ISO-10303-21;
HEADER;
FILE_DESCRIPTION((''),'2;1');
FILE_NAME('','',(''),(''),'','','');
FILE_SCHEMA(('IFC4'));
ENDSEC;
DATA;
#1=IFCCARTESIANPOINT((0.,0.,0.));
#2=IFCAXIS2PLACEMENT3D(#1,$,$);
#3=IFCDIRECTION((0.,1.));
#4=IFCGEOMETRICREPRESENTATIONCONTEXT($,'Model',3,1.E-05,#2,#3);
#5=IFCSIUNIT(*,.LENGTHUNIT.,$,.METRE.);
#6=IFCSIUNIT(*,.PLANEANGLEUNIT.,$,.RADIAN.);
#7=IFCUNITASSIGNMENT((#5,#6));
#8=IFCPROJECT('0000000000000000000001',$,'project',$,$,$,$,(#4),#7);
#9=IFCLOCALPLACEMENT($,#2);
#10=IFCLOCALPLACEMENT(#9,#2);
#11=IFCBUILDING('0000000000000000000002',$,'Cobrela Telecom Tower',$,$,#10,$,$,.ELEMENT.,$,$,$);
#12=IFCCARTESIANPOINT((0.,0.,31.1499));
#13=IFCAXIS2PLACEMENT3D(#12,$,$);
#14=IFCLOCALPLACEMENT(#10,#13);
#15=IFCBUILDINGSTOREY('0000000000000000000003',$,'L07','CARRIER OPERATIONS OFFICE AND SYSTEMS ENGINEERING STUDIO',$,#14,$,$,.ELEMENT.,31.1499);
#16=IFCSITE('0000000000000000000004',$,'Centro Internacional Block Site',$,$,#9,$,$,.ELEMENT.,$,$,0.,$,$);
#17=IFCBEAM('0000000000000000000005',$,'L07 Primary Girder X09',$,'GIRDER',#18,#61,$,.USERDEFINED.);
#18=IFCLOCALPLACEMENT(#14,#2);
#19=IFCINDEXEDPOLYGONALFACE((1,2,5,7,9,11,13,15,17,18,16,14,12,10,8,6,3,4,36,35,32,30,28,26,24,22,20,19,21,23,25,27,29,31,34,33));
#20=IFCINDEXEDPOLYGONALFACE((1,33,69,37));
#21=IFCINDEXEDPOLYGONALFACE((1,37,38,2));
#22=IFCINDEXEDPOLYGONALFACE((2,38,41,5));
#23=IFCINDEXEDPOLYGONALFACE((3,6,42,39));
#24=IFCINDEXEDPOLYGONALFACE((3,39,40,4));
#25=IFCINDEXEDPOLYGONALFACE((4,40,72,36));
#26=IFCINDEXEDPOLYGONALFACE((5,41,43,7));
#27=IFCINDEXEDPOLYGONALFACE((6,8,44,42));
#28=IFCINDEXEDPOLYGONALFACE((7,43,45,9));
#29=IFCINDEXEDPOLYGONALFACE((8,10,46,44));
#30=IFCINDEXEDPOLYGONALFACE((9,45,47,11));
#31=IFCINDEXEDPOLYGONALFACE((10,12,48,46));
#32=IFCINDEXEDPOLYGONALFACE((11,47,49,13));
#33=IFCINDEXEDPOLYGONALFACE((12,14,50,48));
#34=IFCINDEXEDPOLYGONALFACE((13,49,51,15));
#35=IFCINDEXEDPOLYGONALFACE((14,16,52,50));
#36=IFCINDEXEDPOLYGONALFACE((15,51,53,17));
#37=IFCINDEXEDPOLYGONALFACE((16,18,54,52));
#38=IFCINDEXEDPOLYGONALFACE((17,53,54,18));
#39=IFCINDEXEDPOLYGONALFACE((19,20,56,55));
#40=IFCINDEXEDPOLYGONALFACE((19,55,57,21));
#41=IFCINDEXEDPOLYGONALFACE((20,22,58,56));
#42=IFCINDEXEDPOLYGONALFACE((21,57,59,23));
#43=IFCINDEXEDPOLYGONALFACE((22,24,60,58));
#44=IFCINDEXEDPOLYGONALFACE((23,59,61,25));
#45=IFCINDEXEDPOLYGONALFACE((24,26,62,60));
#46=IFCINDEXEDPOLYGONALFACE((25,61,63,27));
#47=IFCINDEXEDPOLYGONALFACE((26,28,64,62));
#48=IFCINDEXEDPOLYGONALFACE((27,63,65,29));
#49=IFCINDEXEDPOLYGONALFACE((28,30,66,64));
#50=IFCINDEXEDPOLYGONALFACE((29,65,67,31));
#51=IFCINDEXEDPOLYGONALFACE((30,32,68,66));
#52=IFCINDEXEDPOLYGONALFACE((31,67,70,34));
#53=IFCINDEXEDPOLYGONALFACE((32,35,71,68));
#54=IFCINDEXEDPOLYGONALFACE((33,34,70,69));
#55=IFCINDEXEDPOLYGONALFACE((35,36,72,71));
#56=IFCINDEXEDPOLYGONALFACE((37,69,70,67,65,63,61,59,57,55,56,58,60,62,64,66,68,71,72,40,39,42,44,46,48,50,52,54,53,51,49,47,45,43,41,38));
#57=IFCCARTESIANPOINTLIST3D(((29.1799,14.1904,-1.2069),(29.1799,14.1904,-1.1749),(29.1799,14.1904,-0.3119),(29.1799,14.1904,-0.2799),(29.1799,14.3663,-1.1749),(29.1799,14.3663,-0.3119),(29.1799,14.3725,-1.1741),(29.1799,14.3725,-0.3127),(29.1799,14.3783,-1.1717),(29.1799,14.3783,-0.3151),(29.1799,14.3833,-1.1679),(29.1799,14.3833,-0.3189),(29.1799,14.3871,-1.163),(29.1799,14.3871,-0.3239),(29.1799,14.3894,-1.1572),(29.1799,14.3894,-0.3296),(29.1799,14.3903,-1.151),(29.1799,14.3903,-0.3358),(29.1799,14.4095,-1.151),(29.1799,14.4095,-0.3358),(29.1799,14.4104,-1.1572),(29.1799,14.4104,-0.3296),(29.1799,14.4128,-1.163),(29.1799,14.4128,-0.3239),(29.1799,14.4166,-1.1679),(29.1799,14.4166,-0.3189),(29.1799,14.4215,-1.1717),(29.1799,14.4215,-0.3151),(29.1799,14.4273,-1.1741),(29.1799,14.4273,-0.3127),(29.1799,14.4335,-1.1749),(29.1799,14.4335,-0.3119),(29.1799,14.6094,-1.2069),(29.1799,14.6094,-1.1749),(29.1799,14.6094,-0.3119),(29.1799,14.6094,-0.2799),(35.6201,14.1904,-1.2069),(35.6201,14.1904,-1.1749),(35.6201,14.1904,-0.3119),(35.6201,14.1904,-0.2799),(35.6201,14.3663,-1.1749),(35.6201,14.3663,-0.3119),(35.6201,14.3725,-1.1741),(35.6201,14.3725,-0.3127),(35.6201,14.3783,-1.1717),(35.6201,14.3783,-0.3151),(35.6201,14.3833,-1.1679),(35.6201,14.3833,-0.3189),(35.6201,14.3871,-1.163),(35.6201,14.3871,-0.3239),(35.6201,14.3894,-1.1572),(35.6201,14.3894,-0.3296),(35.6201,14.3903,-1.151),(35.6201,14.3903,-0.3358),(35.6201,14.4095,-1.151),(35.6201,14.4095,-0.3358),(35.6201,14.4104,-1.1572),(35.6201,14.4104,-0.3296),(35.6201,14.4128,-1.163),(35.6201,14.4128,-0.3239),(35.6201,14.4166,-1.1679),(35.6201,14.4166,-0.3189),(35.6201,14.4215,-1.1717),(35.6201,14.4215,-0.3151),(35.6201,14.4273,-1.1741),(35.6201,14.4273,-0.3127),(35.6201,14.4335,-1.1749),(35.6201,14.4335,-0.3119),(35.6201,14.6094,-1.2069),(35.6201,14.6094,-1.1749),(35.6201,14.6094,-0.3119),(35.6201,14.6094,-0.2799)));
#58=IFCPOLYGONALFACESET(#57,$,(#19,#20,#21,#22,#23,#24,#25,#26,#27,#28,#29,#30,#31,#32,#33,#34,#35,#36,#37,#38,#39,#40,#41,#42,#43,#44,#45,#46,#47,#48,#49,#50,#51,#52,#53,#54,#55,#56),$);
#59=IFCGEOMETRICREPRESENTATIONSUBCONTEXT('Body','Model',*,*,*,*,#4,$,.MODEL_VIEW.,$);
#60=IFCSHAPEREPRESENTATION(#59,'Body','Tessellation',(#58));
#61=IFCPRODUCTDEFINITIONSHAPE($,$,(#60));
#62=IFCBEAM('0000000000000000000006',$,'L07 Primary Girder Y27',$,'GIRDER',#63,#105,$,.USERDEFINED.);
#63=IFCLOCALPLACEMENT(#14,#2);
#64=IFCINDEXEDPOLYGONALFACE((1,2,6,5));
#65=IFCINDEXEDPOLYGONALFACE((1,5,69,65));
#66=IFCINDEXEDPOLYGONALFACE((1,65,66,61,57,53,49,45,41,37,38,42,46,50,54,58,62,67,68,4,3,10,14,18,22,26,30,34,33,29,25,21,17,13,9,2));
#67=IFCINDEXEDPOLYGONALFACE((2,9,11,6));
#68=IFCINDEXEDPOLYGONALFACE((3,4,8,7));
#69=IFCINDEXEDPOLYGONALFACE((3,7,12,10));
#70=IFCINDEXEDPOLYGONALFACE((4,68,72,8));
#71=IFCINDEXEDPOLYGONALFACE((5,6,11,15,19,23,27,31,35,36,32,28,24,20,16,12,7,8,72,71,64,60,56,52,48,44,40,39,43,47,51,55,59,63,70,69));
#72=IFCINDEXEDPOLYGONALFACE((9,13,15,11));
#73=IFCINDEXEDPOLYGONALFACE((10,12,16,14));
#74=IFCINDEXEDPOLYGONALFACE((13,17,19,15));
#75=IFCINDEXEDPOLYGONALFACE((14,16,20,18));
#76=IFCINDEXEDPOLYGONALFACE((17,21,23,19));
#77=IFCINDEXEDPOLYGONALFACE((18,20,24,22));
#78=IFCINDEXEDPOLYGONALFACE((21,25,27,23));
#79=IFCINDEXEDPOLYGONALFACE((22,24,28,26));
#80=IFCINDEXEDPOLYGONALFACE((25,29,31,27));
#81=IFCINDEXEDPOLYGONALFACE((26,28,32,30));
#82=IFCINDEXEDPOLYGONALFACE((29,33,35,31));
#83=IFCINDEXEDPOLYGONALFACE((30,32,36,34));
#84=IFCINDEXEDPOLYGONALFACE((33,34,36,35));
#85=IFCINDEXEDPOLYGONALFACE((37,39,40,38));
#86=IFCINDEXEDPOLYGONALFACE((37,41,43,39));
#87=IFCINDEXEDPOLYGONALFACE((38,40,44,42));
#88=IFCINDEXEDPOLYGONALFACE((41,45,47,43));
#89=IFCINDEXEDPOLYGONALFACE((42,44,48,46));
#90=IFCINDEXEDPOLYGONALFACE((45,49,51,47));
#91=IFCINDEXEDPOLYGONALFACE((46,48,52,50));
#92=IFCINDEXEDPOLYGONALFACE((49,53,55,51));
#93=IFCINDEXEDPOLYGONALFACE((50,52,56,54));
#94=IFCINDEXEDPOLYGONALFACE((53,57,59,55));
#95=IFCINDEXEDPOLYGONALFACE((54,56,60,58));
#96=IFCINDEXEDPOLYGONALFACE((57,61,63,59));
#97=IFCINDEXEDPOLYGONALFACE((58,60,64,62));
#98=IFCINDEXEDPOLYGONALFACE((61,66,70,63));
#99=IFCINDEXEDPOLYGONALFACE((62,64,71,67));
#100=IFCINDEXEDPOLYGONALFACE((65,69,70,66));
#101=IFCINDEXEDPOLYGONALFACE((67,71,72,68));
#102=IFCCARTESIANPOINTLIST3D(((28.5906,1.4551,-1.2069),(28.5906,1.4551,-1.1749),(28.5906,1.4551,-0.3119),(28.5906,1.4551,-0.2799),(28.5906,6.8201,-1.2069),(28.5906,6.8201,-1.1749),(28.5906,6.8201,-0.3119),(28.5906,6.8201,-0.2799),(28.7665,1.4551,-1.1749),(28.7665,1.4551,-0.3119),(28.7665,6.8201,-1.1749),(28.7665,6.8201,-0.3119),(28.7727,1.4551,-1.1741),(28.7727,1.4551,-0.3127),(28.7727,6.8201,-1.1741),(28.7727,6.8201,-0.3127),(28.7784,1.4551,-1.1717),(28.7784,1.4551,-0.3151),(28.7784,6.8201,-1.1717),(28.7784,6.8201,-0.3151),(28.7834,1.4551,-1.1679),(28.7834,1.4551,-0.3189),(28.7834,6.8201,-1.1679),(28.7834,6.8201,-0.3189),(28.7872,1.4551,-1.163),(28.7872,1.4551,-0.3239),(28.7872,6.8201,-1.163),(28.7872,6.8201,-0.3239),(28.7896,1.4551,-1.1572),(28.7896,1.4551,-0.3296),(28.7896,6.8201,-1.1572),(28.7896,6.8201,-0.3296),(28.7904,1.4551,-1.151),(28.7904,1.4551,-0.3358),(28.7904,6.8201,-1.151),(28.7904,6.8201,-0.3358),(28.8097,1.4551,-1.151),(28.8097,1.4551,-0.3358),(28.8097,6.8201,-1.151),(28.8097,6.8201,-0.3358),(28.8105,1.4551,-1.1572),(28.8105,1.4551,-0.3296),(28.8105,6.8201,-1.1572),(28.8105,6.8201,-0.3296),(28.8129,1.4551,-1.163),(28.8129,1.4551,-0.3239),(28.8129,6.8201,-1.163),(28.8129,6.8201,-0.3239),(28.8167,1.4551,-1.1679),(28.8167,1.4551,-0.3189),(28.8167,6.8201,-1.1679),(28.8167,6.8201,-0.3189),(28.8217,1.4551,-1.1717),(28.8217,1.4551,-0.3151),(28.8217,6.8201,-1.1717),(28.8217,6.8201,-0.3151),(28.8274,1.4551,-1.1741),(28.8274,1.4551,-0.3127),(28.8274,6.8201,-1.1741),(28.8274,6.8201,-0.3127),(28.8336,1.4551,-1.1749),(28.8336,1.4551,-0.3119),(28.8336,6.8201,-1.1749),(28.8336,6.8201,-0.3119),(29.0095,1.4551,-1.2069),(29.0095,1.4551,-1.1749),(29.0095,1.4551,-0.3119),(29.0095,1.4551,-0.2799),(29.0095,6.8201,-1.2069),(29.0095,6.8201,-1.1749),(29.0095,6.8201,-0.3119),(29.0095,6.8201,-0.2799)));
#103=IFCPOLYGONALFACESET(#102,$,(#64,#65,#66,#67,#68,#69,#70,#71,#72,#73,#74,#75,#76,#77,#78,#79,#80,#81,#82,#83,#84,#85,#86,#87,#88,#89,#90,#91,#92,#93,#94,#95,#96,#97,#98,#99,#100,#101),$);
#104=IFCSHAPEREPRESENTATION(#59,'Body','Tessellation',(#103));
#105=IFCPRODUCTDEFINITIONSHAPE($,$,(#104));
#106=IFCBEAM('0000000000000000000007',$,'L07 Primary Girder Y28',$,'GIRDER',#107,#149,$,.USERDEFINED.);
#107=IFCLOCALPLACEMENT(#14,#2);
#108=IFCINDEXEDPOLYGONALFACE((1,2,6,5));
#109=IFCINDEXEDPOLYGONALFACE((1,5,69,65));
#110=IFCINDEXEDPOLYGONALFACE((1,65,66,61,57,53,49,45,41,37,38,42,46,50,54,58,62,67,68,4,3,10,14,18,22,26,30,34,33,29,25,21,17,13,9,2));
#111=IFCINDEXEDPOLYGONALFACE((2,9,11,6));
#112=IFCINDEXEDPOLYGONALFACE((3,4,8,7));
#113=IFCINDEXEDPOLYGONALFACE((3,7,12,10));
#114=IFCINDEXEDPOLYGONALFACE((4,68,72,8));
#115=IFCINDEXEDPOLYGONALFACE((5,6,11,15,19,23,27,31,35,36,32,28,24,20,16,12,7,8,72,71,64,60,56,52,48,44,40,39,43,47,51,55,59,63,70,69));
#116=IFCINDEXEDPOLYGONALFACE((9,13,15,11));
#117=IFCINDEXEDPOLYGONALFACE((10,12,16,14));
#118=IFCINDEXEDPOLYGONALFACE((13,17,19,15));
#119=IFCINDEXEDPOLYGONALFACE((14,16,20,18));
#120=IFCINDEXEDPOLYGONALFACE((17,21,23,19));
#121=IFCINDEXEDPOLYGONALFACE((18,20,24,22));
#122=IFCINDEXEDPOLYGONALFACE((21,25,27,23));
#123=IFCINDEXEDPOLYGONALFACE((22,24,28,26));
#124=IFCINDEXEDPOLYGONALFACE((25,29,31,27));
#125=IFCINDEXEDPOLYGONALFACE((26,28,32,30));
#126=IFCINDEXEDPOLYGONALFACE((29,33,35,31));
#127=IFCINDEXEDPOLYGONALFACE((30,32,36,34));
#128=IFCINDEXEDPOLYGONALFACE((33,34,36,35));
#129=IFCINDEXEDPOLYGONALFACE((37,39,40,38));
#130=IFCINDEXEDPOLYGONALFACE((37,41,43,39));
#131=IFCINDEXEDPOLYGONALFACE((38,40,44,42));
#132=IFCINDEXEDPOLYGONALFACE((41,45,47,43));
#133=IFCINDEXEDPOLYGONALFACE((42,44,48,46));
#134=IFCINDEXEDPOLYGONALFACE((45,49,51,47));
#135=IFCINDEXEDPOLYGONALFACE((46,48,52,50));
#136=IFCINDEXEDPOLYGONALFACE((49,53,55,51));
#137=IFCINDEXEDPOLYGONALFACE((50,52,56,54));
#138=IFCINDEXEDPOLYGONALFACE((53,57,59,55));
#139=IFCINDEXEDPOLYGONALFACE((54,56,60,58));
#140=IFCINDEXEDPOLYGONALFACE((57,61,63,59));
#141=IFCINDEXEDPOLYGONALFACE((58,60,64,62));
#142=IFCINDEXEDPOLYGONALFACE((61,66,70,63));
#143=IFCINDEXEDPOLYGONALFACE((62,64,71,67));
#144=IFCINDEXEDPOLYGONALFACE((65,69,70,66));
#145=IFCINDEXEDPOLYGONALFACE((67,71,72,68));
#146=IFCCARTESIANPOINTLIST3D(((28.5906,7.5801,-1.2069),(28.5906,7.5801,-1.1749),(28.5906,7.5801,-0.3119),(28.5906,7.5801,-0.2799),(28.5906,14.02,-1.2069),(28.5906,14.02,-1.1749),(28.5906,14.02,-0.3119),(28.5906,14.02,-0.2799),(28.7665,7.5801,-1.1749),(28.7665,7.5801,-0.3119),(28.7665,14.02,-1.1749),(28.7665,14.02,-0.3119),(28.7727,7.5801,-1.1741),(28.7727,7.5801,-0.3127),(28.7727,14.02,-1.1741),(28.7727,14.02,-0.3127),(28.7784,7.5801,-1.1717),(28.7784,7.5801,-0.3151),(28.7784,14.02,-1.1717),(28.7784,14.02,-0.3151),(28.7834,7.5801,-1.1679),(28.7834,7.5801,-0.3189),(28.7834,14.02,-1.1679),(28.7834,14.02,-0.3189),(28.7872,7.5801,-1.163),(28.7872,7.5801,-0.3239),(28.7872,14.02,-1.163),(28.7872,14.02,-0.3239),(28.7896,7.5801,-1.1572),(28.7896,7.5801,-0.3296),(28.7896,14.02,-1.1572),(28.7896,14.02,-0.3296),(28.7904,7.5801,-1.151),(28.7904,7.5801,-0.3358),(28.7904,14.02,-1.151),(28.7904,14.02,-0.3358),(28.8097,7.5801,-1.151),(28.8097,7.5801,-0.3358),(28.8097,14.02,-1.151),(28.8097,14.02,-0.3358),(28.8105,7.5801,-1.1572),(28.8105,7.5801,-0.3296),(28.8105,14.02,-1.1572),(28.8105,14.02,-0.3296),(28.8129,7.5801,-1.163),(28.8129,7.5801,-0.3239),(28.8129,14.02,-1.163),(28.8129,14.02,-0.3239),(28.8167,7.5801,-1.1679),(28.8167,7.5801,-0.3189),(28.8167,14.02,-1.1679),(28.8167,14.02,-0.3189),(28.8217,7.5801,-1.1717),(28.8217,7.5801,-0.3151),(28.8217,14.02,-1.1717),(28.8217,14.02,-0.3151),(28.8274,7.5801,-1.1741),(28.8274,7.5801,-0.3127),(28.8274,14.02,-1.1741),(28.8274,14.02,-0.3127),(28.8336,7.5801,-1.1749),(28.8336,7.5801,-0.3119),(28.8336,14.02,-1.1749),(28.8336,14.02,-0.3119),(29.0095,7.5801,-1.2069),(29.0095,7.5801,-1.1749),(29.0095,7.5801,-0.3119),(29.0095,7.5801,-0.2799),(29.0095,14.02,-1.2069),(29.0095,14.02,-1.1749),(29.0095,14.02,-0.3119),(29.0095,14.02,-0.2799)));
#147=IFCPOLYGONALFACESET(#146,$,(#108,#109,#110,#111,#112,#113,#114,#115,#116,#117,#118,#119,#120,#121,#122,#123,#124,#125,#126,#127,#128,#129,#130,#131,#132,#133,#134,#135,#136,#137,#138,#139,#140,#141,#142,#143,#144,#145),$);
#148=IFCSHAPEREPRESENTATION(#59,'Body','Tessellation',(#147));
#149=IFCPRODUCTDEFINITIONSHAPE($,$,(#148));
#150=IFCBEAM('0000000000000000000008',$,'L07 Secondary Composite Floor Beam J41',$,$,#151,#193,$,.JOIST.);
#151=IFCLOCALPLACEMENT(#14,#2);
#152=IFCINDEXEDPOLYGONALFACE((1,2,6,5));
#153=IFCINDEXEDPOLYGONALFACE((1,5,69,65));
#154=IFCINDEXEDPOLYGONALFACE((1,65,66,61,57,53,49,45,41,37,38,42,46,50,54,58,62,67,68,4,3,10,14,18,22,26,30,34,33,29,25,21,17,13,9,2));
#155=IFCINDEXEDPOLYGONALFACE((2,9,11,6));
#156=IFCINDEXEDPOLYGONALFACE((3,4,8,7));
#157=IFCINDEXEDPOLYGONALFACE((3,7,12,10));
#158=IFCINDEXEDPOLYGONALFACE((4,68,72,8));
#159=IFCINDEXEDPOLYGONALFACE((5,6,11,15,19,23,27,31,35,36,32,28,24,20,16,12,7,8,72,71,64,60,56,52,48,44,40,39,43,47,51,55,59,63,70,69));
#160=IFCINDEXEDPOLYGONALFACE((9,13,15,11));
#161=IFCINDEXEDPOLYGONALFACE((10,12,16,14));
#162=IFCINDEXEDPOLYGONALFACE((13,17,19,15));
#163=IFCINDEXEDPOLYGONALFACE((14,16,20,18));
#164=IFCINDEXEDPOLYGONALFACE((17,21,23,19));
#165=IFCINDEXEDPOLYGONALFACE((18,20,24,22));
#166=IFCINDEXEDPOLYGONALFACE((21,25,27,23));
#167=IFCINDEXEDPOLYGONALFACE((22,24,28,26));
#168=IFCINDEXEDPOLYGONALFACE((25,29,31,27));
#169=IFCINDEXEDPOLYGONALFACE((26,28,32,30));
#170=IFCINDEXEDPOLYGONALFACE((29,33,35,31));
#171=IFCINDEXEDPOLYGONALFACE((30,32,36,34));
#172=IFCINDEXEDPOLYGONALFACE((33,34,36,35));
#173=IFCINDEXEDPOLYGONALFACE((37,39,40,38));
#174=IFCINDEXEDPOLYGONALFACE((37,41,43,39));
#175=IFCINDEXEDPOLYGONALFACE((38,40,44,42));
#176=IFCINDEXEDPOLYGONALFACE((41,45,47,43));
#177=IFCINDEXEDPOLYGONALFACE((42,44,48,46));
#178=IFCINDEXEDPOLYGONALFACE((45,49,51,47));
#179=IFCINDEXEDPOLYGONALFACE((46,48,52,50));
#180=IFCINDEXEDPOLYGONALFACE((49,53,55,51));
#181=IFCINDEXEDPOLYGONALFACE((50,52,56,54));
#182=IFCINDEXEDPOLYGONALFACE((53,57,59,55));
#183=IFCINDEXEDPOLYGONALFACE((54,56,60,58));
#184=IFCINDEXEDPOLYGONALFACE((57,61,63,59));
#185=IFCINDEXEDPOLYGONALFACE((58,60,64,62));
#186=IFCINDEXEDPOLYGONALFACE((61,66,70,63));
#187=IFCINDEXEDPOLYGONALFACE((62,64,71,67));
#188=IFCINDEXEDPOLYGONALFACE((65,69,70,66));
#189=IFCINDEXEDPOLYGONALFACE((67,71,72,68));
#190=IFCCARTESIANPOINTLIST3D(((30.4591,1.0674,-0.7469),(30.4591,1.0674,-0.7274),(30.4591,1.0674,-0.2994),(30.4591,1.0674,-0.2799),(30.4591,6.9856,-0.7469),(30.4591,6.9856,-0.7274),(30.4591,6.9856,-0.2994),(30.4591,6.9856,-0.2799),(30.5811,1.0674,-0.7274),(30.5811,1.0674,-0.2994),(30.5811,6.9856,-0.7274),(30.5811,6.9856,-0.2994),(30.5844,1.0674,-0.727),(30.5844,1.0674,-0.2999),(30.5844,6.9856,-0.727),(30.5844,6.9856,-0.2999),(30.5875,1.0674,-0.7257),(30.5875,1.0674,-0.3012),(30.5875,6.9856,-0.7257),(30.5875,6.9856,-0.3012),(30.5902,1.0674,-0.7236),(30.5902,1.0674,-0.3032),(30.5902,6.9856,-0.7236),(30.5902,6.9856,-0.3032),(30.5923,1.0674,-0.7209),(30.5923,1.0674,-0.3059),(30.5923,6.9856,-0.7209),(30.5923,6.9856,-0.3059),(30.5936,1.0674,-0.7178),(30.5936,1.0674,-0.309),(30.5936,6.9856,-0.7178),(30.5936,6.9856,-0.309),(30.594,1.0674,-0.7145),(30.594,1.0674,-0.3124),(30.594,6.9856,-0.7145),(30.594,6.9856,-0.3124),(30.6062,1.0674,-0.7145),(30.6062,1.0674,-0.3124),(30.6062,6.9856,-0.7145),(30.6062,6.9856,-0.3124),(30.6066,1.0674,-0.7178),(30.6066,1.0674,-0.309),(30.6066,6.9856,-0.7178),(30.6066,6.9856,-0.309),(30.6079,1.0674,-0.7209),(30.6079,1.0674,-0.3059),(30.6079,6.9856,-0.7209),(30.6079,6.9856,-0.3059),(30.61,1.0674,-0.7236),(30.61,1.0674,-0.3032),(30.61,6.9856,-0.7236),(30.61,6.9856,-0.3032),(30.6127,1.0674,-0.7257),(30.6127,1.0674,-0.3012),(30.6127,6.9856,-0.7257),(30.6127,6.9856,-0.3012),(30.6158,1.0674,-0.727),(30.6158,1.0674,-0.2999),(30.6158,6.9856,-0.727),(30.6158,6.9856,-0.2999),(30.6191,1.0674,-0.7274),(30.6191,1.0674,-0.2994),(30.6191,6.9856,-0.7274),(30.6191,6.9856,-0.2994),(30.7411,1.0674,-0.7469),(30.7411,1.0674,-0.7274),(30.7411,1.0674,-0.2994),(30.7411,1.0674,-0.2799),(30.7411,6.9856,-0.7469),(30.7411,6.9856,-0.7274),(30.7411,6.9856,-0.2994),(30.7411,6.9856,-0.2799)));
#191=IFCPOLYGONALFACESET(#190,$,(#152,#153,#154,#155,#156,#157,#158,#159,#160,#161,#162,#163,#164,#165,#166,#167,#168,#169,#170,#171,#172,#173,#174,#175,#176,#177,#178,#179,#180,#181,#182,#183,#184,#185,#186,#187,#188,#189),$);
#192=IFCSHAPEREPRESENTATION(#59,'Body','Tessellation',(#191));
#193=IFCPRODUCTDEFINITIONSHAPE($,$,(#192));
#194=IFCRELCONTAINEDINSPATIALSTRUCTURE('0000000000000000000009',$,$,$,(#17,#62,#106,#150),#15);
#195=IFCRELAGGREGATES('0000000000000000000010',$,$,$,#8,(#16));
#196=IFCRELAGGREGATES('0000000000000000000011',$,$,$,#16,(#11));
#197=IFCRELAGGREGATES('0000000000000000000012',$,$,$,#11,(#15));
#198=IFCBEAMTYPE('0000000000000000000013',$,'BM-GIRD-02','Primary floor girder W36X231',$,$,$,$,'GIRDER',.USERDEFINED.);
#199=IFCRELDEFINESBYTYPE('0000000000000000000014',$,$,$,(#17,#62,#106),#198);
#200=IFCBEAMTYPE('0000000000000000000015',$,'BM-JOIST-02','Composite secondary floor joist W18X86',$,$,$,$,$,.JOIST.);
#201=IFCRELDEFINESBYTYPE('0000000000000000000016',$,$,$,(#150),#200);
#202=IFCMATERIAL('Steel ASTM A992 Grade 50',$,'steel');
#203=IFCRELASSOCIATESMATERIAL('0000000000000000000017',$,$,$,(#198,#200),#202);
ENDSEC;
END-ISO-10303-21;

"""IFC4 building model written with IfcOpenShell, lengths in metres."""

from ifc_helpers import new_model, si_unit, direction, frame, origin, origin_2d, place, context, subcontext, project, spatial, i_section, extrude, material, material_profile, profile_set, type_object, element, save


model = new_model("IFC4")

# Units and contexts
model_context = context("Model", 3, precision=1e-05, world=origin(), true_north=direction((0.0, 1.0)))
body_context = subcontext(model_context, "Body", "Model", "MODEL_VIEW")
ifc_project = project(units=[si_unit("LENGTHUNIT", "METRE"), si_unit("PLANEANGLEUNIT", "RADIAN")], contexts=[model_context])

# Site, building, storey
site_placement = place(None, origin())
site = spatial("IfcSite", under=ifc_project, at=site_placement, Name="Centro Internacional Block Site", CompositionType="ELEMENT", RefElevation=0.0)
building_placement = place(site_placement, origin())
building = spatial("IfcBuilding", under=site, at=building_placement, Name="Cobrela Telecom Tower", CompositionType="ELEMENT")
storey_placement = place(building_placement, frame((0.0, 0.0, 31.1499)))
storey = spatial("IfcBuildingStorey", under=building, at=storey_placement, Name="L07", Description="CARRIER OPERATIONS OFFICE AND SYSTEMS ENGINEERING STUDIO", CompositionType="ELEMENT", Elevation=31.1499)

# Shared definitions
ifc_material_1 = material(Name="Steel ASTM A992 Grade 50", Category="steel")

# Beams
ifc_material_profile_1 = material_profile(ifc_material_1, i_section(OverallWidth=0.4189, OverallDepth=0.927, WebThickness=0.0193, FlangeThickness=0.032, FilletRadius=0.0239, at=origin_2d()), Name="W36X231")
ifc_profile_set_1 = profile_set([ifc_material_profile_1], Name="Steel ASTM A992 Grade 50")
beam_type_1 = type_object("IfcBeamType", Name="BM-GIRD-02", Description="Primary floor girder W36X231", ElementType="GIRDER", PredefinedType="USERDEFINED", material=ifc_profile_set_1)
for number, where, z_axis, x_axis, name in (
    (1, (29.1799, 14.3999, -0.7434), (1.0, 0.0, 0.0), (0.0, 1.0, 0.0), "L07 Primary Girder X09"),
):
    element("IfcBeam", number, at=place(storey_placement, frame(where, z_axis=z_axis, x_axis=x_axis)), inside=storey, type_object=beam_type_1, Name=name, ObjectType="GIRDER", PredefinedType="USERDEFINED", context=body_context, shape_type="SweptSolid", body=[
        extrude(i_section(OverallWidth=0.4189, OverallDepth=0.927, WebThickness=0.0193, FlangeThickness=0.032, FilletRadius=0.0239, at=origin_2d()), origin(), (0.0, 0.0, 1.0), 6.4402),
    ])
beam_1_placement = place(storey_placement, frame((28.8, 1.4551, -0.7434), z_axis=(0.0, 1.0, 0.0), x_axis=(-1.0, 0.0, 0.0)))
element("IfcBeam", 2, at=beam_1_placement, inside=storey, type_object=beam_type_1, Name="L07 Primary Girder Y27", ObjectType="GIRDER", PredefinedType="USERDEFINED", context=body_context, shape_type="SweptSolid", body=[
    extrude(i_section(OverallWidth=0.4189, OverallDepth=0.927, WebThickness=0.0193, FlangeThickness=0.032, FilletRadius=0.0239, at=origin_2d()), origin(), (0.0, 0.0, 1.0), 5.365),
])
beam_2_placement = place(storey_placement, frame((28.8, 7.5801, -0.7434), z_axis=(0.0, 1.0, 0.0), x_axis=(-1.0, 0.0, 0.0)))
element("IfcBeam", 3, at=beam_2_placement, inside=storey, type_object=beam_type_1, Name="L07 Primary Girder Y28", ObjectType="GIRDER", PredefinedType="USERDEFINED", context=body_context, shape_type="SweptSolid", body=[
    extrude(i_section(OverallWidth=0.4189, OverallDepth=0.927, WebThickness=0.0193, FlangeThickness=0.032, FilletRadius=0.0239, at=origin_2d()), origin(), (0.0, 0.0, 1.0), 6.4399),
])
ifc_material_profile_2 = material_profile(ifc_material_1, i_section(OverallWidth=0.282, OverallDepth=0.467, WebThickness=0.0122, FlangeThickness=0.0195, FilletRadius=0.0129, at=origin_2d()), Name="W18X86")
ifc_profile_set_2 = profile_set([ifc_material_profile_2], Name="Steel ASTM A992 Grade 50")
beam_type_2 = type_object("IfcBeamType", Name="BM-JOIST-02", Description="Composite secondary floor joist W18X86", PredefinedType="JOIST", material=ifc_profile_set_2)
beam_3_placement = place(storey_placement, frame((30.6001, 1.0674, -0.5134), z_axis=(0.0, 1.0, 0.0), x_axis=(-1.0, 0.0, 0.0)))
element("IfcBeam", 4, at=beam_3_placement, inside=storey, type_object=beam_type_2, Name="L07 Secondary Composite Floor Beam J41", PredefinedType="JOIST", context=body_context, shape_type="SweptSolid", body=[
    extrude(i_section(OverallWidth=0.282, OverallDepth=0.467, WebThickness=0.0122, FlangeThickness=0.0195, FilletRadius=0.0129, at=origin_2d()), origin(), (0.0, 0.0, 1.0), 5.9182),
])

save(model, "model.ifc")
